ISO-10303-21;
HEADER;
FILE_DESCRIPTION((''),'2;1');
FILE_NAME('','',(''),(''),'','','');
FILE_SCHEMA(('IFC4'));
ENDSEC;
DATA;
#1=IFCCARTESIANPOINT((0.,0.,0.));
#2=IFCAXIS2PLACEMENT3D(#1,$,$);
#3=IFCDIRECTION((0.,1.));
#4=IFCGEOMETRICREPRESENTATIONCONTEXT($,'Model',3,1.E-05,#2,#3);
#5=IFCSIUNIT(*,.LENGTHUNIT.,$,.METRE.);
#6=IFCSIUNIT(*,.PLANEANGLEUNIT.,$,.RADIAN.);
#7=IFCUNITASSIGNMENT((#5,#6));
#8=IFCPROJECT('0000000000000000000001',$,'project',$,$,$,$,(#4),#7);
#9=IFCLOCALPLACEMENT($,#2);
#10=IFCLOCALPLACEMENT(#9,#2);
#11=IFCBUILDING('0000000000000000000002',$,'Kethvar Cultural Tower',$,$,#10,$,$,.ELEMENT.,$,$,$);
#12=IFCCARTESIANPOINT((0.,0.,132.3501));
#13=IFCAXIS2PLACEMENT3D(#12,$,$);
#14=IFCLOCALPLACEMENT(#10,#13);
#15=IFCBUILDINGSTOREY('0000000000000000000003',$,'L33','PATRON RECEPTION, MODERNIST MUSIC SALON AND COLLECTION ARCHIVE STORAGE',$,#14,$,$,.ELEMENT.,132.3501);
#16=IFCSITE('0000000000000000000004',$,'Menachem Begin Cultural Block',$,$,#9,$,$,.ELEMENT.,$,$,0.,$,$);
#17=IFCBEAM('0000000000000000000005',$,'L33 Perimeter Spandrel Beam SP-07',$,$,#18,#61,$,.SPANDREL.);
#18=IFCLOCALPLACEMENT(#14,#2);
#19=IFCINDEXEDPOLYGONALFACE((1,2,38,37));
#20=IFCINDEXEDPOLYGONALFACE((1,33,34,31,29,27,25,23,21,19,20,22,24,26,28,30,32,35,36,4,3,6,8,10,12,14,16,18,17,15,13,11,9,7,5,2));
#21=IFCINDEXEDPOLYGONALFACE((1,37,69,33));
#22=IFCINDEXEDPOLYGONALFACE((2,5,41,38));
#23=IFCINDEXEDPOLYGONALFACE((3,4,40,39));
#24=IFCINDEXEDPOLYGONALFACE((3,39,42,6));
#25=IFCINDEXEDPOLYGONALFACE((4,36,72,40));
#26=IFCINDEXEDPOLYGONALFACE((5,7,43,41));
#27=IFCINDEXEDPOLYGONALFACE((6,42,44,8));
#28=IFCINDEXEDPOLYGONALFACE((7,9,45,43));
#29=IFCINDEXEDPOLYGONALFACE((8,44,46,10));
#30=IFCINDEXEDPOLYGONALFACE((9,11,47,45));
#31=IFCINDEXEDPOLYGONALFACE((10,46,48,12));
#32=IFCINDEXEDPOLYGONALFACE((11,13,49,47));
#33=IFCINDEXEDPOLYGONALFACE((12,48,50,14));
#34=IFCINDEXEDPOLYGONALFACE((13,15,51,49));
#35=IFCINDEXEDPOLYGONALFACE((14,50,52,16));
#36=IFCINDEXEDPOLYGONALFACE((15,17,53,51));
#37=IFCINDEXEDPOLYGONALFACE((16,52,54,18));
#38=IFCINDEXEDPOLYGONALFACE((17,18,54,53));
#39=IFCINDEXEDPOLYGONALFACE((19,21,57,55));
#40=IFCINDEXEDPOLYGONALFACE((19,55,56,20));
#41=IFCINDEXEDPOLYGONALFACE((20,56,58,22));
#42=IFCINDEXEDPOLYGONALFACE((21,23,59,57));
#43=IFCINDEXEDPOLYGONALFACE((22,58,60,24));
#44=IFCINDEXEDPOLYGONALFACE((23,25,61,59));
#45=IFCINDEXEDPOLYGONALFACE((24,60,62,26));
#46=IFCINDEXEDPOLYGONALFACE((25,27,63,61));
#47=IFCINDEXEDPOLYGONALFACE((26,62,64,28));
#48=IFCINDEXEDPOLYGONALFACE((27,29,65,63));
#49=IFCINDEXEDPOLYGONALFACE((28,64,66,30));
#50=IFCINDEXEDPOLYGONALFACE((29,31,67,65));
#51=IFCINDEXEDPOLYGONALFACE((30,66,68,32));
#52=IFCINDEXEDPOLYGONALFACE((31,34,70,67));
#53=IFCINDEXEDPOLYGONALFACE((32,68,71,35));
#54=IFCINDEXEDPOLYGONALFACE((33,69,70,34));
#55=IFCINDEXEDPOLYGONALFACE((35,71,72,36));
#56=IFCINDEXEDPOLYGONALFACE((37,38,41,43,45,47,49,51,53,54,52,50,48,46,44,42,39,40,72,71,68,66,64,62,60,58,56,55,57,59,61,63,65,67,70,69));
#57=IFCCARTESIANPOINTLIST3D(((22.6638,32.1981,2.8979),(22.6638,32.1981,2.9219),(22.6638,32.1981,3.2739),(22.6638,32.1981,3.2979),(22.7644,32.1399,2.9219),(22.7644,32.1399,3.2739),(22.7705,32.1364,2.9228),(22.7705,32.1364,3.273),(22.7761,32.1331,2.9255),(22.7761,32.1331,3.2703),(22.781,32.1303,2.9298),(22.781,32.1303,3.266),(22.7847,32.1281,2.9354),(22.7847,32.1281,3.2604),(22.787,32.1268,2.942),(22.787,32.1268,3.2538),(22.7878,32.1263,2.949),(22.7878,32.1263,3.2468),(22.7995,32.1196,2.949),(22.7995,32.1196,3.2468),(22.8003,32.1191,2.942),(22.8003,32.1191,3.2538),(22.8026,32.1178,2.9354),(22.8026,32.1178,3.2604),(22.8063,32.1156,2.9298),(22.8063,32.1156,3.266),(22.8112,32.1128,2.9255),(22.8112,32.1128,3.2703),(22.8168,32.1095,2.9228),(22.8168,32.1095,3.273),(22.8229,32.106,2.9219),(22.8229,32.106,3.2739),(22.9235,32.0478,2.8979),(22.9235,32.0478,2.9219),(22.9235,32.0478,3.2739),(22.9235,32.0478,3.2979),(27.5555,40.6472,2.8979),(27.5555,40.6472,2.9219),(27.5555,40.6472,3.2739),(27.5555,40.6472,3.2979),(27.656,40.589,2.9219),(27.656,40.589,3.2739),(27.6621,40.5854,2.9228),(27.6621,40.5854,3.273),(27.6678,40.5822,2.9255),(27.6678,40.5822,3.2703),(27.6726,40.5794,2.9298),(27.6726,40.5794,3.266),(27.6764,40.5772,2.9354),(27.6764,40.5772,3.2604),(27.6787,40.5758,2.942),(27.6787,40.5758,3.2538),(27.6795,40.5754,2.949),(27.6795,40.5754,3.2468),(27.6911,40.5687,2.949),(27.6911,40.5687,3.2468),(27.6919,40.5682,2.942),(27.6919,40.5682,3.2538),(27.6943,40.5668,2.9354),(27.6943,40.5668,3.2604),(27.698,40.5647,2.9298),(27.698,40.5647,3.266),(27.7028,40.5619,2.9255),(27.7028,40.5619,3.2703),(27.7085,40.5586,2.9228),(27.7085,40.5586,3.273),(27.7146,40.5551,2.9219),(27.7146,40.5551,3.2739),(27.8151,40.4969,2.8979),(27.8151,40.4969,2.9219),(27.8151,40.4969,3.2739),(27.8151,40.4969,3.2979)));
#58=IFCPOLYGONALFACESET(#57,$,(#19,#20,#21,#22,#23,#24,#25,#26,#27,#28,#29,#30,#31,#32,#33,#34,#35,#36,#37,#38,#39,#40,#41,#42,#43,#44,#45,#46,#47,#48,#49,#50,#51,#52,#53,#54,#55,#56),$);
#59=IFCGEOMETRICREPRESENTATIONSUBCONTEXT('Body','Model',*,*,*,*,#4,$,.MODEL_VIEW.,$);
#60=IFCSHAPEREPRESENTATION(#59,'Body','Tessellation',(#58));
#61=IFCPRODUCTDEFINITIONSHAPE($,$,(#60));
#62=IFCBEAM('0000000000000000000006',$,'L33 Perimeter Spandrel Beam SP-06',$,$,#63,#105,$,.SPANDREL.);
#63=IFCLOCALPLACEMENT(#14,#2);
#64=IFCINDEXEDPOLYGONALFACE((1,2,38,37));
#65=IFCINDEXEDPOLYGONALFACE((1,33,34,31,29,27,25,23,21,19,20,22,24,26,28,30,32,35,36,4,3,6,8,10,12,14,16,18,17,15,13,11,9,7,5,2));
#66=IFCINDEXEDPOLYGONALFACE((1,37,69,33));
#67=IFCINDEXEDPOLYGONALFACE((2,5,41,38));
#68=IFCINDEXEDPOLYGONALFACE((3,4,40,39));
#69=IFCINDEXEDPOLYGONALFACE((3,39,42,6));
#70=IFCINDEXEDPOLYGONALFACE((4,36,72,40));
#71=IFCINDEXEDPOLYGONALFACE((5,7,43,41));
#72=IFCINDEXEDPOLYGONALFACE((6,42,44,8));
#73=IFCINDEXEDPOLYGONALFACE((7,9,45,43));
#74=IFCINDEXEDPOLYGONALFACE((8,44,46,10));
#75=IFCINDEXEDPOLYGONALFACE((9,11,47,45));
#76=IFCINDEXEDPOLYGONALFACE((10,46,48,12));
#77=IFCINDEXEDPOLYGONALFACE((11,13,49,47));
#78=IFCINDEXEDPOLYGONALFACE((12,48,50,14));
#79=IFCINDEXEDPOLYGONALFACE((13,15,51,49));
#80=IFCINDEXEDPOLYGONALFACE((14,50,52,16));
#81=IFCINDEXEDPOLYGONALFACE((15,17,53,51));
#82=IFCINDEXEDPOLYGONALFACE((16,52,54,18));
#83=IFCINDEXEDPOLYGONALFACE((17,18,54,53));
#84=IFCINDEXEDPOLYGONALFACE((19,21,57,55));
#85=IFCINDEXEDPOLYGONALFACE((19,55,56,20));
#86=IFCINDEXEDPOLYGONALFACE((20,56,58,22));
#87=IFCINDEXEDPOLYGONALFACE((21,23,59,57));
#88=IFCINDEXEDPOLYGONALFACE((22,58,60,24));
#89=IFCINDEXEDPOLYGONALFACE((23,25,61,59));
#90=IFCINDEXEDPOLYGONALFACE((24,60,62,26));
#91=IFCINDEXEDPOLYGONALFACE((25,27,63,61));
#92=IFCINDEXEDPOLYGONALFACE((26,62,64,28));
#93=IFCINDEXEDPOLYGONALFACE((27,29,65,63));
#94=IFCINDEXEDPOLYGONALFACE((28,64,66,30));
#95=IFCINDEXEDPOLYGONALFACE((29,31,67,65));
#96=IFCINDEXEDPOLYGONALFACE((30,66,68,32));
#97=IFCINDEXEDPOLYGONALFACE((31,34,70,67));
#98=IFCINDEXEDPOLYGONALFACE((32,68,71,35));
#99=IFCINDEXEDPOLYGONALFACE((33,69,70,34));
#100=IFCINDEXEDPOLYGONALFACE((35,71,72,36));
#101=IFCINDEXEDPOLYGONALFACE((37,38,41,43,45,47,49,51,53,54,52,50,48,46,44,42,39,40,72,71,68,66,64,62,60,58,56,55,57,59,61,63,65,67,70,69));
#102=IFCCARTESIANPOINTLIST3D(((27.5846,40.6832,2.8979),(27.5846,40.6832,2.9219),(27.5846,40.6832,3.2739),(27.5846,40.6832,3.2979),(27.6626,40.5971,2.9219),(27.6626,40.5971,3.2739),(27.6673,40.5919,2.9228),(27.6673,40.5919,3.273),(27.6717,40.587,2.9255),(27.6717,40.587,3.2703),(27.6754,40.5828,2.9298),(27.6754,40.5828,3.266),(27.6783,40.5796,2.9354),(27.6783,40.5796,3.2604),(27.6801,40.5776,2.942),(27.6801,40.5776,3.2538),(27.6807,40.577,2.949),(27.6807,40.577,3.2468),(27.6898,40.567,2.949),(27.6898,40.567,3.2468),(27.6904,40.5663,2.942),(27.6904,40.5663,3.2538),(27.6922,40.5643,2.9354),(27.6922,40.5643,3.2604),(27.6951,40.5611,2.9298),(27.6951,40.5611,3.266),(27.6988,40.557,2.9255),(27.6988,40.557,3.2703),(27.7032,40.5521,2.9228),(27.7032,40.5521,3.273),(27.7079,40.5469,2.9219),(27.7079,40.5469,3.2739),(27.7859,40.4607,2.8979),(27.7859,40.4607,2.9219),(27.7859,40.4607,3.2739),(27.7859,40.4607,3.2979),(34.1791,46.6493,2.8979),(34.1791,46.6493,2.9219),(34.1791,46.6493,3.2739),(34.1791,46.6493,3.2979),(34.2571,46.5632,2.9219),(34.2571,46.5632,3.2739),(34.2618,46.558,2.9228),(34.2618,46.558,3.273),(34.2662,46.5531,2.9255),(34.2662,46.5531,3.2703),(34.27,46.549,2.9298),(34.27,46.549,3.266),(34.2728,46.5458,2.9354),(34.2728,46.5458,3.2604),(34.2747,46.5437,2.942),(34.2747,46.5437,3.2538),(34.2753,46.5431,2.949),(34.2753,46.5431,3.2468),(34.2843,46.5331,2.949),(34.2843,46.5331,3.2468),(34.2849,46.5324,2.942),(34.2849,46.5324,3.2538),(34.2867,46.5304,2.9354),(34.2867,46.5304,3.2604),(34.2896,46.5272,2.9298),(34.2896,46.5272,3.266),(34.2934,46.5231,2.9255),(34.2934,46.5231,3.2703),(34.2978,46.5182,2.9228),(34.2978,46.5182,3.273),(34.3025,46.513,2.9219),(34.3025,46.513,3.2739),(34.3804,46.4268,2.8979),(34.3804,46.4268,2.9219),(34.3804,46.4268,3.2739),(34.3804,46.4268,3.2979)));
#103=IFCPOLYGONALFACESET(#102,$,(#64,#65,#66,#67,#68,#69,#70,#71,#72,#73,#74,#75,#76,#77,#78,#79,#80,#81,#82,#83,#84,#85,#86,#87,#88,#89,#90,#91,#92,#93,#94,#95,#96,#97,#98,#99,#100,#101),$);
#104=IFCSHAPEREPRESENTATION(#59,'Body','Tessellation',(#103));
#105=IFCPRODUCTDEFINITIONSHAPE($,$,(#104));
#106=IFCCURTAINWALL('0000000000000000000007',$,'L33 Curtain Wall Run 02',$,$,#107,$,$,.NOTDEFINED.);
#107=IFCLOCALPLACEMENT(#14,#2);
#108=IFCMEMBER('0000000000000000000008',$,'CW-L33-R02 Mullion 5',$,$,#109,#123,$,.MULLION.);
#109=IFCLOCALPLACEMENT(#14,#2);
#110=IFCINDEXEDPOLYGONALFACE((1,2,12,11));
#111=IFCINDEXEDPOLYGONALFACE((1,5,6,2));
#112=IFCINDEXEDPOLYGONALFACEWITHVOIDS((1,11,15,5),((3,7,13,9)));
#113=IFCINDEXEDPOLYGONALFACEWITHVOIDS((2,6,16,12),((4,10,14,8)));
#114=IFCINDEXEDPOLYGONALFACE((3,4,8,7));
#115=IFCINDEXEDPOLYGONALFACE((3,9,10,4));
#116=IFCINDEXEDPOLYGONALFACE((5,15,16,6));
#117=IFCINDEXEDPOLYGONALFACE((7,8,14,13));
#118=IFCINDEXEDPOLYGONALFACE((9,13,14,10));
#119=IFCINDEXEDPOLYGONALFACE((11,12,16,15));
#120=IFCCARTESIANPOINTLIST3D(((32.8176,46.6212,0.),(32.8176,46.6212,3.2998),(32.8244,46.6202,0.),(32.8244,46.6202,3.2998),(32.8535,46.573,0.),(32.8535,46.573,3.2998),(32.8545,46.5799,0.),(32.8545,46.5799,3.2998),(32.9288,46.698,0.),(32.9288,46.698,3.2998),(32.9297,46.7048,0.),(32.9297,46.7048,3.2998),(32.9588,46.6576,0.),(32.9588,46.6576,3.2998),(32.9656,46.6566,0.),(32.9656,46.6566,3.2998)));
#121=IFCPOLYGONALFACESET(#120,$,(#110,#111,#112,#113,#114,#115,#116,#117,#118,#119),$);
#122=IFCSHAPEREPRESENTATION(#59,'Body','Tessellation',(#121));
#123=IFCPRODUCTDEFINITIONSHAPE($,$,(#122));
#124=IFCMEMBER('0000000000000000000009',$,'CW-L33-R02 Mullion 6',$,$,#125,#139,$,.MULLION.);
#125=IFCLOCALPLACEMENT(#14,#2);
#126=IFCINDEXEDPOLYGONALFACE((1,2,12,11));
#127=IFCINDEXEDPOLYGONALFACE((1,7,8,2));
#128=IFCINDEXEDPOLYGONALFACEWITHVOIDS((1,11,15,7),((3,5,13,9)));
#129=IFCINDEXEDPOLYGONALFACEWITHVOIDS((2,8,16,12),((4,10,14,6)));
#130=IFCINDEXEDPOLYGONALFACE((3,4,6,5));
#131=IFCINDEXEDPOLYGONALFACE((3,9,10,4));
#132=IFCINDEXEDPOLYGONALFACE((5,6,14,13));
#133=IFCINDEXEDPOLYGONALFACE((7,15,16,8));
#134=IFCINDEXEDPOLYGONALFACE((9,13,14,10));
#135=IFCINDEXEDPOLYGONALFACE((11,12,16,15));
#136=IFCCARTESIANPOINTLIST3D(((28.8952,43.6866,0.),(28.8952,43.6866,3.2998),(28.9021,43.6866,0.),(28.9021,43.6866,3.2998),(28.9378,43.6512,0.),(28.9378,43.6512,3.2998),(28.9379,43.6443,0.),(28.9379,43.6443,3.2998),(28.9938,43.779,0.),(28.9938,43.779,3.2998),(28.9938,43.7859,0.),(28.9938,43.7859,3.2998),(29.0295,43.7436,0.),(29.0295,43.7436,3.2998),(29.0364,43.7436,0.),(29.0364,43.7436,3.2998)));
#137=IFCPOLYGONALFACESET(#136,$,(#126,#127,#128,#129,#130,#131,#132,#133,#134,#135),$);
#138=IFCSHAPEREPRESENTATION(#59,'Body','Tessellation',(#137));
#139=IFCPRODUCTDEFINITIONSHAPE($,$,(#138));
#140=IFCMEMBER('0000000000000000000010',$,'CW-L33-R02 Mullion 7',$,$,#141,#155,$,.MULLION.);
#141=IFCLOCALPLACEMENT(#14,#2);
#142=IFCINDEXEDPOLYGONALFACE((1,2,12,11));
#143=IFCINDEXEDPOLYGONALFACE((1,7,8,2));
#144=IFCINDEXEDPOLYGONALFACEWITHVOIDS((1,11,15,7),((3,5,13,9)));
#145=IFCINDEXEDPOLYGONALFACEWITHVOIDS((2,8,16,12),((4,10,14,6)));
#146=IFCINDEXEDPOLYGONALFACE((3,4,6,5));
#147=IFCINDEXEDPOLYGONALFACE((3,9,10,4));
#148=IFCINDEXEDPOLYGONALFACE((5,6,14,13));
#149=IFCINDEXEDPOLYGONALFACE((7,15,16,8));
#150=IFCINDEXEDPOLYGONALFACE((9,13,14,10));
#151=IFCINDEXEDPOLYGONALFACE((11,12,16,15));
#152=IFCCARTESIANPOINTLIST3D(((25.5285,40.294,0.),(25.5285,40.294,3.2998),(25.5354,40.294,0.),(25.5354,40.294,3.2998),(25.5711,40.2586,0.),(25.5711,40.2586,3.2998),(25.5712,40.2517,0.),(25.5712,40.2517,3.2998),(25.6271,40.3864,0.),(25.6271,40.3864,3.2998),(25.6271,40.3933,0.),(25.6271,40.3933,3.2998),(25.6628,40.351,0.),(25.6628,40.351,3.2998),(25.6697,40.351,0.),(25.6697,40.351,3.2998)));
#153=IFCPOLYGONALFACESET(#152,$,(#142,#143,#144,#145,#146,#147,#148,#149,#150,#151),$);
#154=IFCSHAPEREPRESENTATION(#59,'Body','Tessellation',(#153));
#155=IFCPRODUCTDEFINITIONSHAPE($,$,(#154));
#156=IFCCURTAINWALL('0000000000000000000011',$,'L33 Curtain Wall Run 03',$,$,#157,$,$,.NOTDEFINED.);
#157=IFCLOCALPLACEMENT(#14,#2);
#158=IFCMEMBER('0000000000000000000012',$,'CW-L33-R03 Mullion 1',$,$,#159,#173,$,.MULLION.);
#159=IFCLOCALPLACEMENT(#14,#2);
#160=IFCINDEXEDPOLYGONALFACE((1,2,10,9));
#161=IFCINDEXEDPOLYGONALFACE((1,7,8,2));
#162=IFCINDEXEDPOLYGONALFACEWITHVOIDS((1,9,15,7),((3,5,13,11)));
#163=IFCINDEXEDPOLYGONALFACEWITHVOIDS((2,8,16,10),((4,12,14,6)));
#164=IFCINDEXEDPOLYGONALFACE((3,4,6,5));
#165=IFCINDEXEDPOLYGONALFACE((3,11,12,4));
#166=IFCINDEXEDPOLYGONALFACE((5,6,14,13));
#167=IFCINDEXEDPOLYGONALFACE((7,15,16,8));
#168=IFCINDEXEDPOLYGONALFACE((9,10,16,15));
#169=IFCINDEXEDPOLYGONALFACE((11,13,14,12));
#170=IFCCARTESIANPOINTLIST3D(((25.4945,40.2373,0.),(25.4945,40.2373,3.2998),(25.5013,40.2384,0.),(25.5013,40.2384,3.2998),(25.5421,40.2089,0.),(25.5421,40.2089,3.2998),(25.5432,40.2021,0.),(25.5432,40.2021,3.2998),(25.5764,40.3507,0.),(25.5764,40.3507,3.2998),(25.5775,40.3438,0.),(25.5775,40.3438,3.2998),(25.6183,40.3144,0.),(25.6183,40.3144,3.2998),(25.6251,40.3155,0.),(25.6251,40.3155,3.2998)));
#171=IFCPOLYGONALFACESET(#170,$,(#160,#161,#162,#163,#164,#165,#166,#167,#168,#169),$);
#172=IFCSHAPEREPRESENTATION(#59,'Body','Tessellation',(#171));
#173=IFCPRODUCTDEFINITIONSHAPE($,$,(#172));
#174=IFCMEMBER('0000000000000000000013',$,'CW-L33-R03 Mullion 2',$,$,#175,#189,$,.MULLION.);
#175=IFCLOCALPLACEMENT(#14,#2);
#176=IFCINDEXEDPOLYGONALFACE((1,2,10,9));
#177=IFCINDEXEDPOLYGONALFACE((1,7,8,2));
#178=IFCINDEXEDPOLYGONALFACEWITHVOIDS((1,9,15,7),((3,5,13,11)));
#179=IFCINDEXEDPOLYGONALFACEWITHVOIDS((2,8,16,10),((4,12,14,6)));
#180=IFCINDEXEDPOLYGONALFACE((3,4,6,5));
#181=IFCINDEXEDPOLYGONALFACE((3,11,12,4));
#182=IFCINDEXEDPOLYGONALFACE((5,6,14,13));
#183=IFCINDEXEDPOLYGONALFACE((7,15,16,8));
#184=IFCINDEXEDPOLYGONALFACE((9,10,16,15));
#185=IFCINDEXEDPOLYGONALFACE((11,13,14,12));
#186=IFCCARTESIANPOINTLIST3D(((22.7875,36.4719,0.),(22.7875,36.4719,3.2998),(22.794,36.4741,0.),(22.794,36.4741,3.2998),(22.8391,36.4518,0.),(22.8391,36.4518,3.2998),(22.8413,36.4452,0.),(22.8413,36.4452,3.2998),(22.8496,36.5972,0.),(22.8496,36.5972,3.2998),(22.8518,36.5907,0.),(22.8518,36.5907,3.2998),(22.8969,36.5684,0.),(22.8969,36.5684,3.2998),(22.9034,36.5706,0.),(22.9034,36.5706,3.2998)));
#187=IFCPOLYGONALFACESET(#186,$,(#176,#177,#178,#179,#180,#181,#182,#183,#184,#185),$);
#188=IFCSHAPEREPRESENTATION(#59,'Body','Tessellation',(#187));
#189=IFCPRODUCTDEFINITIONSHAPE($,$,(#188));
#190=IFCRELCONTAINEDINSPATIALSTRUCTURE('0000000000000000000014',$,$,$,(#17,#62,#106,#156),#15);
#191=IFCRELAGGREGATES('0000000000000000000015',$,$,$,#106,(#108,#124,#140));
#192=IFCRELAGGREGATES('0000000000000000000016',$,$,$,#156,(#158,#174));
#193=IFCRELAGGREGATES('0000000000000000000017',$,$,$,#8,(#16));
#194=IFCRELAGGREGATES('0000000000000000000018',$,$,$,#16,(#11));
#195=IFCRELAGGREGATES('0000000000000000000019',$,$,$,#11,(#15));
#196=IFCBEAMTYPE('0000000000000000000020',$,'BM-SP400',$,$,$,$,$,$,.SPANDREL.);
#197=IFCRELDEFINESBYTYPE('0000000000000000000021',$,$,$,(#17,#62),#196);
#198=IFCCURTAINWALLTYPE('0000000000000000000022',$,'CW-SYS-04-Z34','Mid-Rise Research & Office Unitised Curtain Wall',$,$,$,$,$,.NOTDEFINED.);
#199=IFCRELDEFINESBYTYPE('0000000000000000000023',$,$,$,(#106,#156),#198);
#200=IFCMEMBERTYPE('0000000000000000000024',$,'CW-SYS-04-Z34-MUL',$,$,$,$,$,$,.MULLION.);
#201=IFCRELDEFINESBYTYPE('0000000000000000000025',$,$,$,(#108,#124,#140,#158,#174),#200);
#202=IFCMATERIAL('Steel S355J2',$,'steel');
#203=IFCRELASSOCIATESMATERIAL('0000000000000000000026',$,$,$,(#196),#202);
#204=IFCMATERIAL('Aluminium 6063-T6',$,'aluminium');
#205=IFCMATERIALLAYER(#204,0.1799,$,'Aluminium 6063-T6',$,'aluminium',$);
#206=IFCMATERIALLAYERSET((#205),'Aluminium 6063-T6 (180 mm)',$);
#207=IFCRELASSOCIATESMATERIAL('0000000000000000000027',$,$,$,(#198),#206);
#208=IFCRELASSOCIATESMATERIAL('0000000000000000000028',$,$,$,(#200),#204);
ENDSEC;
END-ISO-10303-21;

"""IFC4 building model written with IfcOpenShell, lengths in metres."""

from ifc_helpers import new_model, si_unit, direction, frame, origin, origin_2d, place, context, subcontext, project, spatial, hollow_rectangle, i_section, extrude, source, transform, mapped, material, layer, layer_set, material_profile, profile_set, type_object, element, aggregate, save


model = new_model("IFC4")

# Units and contexts
model_context = context("Model", 3, precision=1e-05, world=origin(), true_north=direction((0.0, 1.0)))
body_context = subcontext(model_context, "Body", "Model", "MODEL_VIEW")
ifc_project = project(units=[si_unit("LENGTHUNIT", "METRE"), si_unit("PLANEANGLEUNIT", "RADIAN")], contexts=[model_context])

# Site, building, storey
site_placement = place(None, origin())
site = spatial("IfcSite", under=ifc_project, at=site_placement, Name="Menachem Begin Cultural Block", CompositionType="ELEMENT", RefElevation=0.0)
building_placement = place(site_placement, origin())
building = spatial("IfcBuilding", under=site, at=building_placement, Name="Kethvar Cultural Tower", CompositionType="ELEMENT")
storey_placement = place(building_placement, frame((0.0, 0.0, 132.3501)))
storey = spatial("IfcBuildingStorey", under=building, at=storey_placement, Name="L33", Description="PATRON RECEPTION, MODERNIST MUSIC SALON AND COLLECTION ARCHIVE STORAGE", CompositionType="ELEMENT", Elevation=132.3501)

# Beams
ifc_material_1 = material(Name="Steel S355J2", Category="steel")
ifc_material_profile_1 = material_profile(ifc_material_1, i_section(OverallWidth=0.3, OverallDepth=0.3999, WebThickness=0.0134, FlangeThickness=0.0239, FilletRadius=0.0271, at=origin_2d()), Name="Steel S355J2 — HEB400")
ifc_profile_set_1 = profile_set([ifc_material_profile_1], Name="Steel S355J2 — HEB400")
beam_type_1 = type_object("IfcBeamType", Name="BM-SP400", PredefinedType="SPANDREL", material=ifc_profile_set_1)
shared_shape_1 = source(origin(), body_context, "Body", "SweptSolid", [
    extrude(i_section(OverallWidth=0.3, OverallDepth=0.3999, WebThickness=0.0134, FlangeThickness=0.0239, FilletRadius=0.0271, at=origin_2d()), origin(), (0.0, 0.0, 1.0), 9.7629),
])
beam_1_placement = place(storey_placement, frame((27.6853, 40.572, 3.0979), z_axis=(-0.501043, -0.865422, 0.0), x_axis=(0.865422, -0.501043, 0.0)))
element("IfcBeam", 1, at=beam_1_placement, inside=storey, type_object=beam_type_1, Name="L33 Perimeter Spandrel Beam SP-07", PredefinedType="SPANDREL", context=body_context, shape_type="MappedRepresentation", body=[
    mapped(shared_shape_1, transform((0.0, 0.0, 0.0), scale=1.0)),
])
shared_shape_2 = source(origin(), body_context, "Body", "SweptSolid", [
    extrude(i_section(OverallWidth=0.3, OverallDepth=0.3999, WebThickness=0.0134, FlangeThickness=0.0239, FilletRadius=0.0271, at=origin_2d()), origin(), (0.0, 0.0, 1.0), 8.8928),
])
beam_2_placement = place(storey_placement, frame((34.2798, 46.5381, 3.0979), z_axis=(-0.741557, -0.67089, 0.0), x_axis=(0.67089, -0.741557, 0.0)))
element("IfcBeam", 2, at=beam_2_placement, inside=storey, type_object=beam_type_1, Name="L33 Perimeter Spandrel Beam SP-06", PredefinedType="SPANDREL", context=body_context, shape_type="MappedRepresentation", body=[
    mapped(shared_shape_2, transform((0.0, 0.0, 0.0), scale=1.0)),
])

# Curtain walls, members
ifc_material_2 = material(Name="Aluminium 6063-T6", Category="aluminium")
ifc_layer_1 = layer(ifc_material_2, 0.1799, Name="Aluminium 6063-T6", Category="aluminium")
ifc_layer_set_1 = layer_set([ifc_layer_1], Name="Aluminium 6063-T6 (180 mm)")
curtain_wall_type = type_object("IfcCurtainWallType", Name="CW-SYS-04-Z34", Description="Mid-Rise Research & Office Unitised Curtain Wall", PredefinedType="NOTDEFINED", material=ifc_layer_set_1)
curtain_wall_1_placement = place(storey_placement, origin())
curtain_wall_1 = element("IfcCurtainWall", 3, at=curtain_wall_1_placement, inside=storey, type_object=curtain_wall_type, Name="L33 Curtain Wall Run 02", PredefinedType="NOTDEFINED")
ifc_material_profile_2 = material_profile(ifc_material_2, hollow_rectangle(XDim=0.0601, YDim=0.1399, WallThickness=0.0049, at=origin_2d()), Name="Aluminium 6063-T6 — RHS140x60x5")
ifc_profile_set_2 = profile_set([ifc_material_profile_2], Name="Aluminium 6063-T6 — RHS140x60x5")
member_type_1 = type_object("IfcMemberType", Name="CW-SYS-04-Z34-MUL", PredefinedType="MULLION", material=ifc_profile_set_2)
shared_shape_3 = source(origin(), body_context, "Body", "SweptSolid", [
    extrude(hollow_rectangle(XDim=0.0601, YDim=0.1399, WallThickness=0.0049, at=origin_2d()), origin(), (0.0, 0.0, 1.0), 3.2998),
])
member_1_placement = place(storey_placement, frame((32.8916, 46.6389, 0.0), z_axis=(0.0, 0.0, 1.0), x_axis=(0.597471, -0.80189, 0.0)))
member_1 = element("IfcMember", 4, at=member_1_placement, type_object=member_type_1, Name="CW-L33-R02 Mullion 5", PredefinedType="MULLION", context=body_context, shape_type="MappedRepresentation", body=[
    mapped(shared_shape_3, transform((0.0, 0.0, 0.0), scale=1.0)),
])
member_2_placement = place(storey_placement, frame((28.9658, 43.7151, 0.0), z_axis=(0.0, 0.0, 1.0), x_axis=(0.709817, -0.704386, 0.0)))
member_2 = element("IfcMember", 5, at=member_2_placement, type_object=member_type_1, Name="CW-L33-R02 Mullion 6", PredefinedType="MULLION", context=body_context, shape_type="MappedRepresentation", body=[
    mapped(shared_shape_3, transform((0.0, 0.0, 0.0), scale=1.0)),
])
member_3_placement = place(storey_placement, frame((25.5991, 40.3225, 0.0), z_axis=(0.0, 0.0, 1.0), x_axis=(0.709817, -0.704386, 0.0)))
member_3 = element("IfcMember", 6, at=member_3_placement, type_object=member_type_1, Name="CW-L33-R02 Mullion 7", PredefinedType="MULLION", context=body_context, shape_type="MappedRepresentation", body=[
    mapped(shared_shape_3, transform((0.0, 0.0, 0.0), scale=1.0)),
])
curtain_wall_2_placement = place(storey_placement, origin())
curtain_wall_2 = element("IfcCurtainWall", 7, at=curtain_wall_2_placement, inside=storey, type_object=curtain_wall_type, Name="L33 Curtain Wall Run 03", PredefinedType="NOTDEFINED")
member_4_placement = place(storey_placement, frame((25.5598, 40.2764, 0.0), z_axis=(0.0, 0.0, 1.0), x_axis=(0.810614, -0.58558, 0.0)))
member_4 = element("IfcMember", 8, at=member_4_placement, type_object=member_type_1, Name="CW-L33-R03 Mullion 1", PredefinedType="MULLION", context=body_context, shape_type="MappedRepresentation", body=[
    mapped(shared_shape_3, transform((0.0, 0.0, 0.0), scale=1.0)),
])
member_5_placement = place(storey_placement, frame((22.8455, 36.5212, 0.0), z_axis=(0.0, 0.0, 1.0), x_axis=(0.896045, -0.443963, 0.0)))
member_5 = element("IfcMember", 9, at=member_5_placement, type_object=member_type_1, Name="CW-L33-R03 Mullion 2", PredefinedType="MULLION", context=body_context, shape_type="MappedRepresentation", body=[
    mapped(shared_shape_3, transform((0.0, 0.0, 0.0), scale=1.0)),
])

aggregate(curtain_wall_1, [member_1, member_2, member_3])
aggregate(curtain_wall_2, [member_4, member_5])

save(model, "model.ifc")
